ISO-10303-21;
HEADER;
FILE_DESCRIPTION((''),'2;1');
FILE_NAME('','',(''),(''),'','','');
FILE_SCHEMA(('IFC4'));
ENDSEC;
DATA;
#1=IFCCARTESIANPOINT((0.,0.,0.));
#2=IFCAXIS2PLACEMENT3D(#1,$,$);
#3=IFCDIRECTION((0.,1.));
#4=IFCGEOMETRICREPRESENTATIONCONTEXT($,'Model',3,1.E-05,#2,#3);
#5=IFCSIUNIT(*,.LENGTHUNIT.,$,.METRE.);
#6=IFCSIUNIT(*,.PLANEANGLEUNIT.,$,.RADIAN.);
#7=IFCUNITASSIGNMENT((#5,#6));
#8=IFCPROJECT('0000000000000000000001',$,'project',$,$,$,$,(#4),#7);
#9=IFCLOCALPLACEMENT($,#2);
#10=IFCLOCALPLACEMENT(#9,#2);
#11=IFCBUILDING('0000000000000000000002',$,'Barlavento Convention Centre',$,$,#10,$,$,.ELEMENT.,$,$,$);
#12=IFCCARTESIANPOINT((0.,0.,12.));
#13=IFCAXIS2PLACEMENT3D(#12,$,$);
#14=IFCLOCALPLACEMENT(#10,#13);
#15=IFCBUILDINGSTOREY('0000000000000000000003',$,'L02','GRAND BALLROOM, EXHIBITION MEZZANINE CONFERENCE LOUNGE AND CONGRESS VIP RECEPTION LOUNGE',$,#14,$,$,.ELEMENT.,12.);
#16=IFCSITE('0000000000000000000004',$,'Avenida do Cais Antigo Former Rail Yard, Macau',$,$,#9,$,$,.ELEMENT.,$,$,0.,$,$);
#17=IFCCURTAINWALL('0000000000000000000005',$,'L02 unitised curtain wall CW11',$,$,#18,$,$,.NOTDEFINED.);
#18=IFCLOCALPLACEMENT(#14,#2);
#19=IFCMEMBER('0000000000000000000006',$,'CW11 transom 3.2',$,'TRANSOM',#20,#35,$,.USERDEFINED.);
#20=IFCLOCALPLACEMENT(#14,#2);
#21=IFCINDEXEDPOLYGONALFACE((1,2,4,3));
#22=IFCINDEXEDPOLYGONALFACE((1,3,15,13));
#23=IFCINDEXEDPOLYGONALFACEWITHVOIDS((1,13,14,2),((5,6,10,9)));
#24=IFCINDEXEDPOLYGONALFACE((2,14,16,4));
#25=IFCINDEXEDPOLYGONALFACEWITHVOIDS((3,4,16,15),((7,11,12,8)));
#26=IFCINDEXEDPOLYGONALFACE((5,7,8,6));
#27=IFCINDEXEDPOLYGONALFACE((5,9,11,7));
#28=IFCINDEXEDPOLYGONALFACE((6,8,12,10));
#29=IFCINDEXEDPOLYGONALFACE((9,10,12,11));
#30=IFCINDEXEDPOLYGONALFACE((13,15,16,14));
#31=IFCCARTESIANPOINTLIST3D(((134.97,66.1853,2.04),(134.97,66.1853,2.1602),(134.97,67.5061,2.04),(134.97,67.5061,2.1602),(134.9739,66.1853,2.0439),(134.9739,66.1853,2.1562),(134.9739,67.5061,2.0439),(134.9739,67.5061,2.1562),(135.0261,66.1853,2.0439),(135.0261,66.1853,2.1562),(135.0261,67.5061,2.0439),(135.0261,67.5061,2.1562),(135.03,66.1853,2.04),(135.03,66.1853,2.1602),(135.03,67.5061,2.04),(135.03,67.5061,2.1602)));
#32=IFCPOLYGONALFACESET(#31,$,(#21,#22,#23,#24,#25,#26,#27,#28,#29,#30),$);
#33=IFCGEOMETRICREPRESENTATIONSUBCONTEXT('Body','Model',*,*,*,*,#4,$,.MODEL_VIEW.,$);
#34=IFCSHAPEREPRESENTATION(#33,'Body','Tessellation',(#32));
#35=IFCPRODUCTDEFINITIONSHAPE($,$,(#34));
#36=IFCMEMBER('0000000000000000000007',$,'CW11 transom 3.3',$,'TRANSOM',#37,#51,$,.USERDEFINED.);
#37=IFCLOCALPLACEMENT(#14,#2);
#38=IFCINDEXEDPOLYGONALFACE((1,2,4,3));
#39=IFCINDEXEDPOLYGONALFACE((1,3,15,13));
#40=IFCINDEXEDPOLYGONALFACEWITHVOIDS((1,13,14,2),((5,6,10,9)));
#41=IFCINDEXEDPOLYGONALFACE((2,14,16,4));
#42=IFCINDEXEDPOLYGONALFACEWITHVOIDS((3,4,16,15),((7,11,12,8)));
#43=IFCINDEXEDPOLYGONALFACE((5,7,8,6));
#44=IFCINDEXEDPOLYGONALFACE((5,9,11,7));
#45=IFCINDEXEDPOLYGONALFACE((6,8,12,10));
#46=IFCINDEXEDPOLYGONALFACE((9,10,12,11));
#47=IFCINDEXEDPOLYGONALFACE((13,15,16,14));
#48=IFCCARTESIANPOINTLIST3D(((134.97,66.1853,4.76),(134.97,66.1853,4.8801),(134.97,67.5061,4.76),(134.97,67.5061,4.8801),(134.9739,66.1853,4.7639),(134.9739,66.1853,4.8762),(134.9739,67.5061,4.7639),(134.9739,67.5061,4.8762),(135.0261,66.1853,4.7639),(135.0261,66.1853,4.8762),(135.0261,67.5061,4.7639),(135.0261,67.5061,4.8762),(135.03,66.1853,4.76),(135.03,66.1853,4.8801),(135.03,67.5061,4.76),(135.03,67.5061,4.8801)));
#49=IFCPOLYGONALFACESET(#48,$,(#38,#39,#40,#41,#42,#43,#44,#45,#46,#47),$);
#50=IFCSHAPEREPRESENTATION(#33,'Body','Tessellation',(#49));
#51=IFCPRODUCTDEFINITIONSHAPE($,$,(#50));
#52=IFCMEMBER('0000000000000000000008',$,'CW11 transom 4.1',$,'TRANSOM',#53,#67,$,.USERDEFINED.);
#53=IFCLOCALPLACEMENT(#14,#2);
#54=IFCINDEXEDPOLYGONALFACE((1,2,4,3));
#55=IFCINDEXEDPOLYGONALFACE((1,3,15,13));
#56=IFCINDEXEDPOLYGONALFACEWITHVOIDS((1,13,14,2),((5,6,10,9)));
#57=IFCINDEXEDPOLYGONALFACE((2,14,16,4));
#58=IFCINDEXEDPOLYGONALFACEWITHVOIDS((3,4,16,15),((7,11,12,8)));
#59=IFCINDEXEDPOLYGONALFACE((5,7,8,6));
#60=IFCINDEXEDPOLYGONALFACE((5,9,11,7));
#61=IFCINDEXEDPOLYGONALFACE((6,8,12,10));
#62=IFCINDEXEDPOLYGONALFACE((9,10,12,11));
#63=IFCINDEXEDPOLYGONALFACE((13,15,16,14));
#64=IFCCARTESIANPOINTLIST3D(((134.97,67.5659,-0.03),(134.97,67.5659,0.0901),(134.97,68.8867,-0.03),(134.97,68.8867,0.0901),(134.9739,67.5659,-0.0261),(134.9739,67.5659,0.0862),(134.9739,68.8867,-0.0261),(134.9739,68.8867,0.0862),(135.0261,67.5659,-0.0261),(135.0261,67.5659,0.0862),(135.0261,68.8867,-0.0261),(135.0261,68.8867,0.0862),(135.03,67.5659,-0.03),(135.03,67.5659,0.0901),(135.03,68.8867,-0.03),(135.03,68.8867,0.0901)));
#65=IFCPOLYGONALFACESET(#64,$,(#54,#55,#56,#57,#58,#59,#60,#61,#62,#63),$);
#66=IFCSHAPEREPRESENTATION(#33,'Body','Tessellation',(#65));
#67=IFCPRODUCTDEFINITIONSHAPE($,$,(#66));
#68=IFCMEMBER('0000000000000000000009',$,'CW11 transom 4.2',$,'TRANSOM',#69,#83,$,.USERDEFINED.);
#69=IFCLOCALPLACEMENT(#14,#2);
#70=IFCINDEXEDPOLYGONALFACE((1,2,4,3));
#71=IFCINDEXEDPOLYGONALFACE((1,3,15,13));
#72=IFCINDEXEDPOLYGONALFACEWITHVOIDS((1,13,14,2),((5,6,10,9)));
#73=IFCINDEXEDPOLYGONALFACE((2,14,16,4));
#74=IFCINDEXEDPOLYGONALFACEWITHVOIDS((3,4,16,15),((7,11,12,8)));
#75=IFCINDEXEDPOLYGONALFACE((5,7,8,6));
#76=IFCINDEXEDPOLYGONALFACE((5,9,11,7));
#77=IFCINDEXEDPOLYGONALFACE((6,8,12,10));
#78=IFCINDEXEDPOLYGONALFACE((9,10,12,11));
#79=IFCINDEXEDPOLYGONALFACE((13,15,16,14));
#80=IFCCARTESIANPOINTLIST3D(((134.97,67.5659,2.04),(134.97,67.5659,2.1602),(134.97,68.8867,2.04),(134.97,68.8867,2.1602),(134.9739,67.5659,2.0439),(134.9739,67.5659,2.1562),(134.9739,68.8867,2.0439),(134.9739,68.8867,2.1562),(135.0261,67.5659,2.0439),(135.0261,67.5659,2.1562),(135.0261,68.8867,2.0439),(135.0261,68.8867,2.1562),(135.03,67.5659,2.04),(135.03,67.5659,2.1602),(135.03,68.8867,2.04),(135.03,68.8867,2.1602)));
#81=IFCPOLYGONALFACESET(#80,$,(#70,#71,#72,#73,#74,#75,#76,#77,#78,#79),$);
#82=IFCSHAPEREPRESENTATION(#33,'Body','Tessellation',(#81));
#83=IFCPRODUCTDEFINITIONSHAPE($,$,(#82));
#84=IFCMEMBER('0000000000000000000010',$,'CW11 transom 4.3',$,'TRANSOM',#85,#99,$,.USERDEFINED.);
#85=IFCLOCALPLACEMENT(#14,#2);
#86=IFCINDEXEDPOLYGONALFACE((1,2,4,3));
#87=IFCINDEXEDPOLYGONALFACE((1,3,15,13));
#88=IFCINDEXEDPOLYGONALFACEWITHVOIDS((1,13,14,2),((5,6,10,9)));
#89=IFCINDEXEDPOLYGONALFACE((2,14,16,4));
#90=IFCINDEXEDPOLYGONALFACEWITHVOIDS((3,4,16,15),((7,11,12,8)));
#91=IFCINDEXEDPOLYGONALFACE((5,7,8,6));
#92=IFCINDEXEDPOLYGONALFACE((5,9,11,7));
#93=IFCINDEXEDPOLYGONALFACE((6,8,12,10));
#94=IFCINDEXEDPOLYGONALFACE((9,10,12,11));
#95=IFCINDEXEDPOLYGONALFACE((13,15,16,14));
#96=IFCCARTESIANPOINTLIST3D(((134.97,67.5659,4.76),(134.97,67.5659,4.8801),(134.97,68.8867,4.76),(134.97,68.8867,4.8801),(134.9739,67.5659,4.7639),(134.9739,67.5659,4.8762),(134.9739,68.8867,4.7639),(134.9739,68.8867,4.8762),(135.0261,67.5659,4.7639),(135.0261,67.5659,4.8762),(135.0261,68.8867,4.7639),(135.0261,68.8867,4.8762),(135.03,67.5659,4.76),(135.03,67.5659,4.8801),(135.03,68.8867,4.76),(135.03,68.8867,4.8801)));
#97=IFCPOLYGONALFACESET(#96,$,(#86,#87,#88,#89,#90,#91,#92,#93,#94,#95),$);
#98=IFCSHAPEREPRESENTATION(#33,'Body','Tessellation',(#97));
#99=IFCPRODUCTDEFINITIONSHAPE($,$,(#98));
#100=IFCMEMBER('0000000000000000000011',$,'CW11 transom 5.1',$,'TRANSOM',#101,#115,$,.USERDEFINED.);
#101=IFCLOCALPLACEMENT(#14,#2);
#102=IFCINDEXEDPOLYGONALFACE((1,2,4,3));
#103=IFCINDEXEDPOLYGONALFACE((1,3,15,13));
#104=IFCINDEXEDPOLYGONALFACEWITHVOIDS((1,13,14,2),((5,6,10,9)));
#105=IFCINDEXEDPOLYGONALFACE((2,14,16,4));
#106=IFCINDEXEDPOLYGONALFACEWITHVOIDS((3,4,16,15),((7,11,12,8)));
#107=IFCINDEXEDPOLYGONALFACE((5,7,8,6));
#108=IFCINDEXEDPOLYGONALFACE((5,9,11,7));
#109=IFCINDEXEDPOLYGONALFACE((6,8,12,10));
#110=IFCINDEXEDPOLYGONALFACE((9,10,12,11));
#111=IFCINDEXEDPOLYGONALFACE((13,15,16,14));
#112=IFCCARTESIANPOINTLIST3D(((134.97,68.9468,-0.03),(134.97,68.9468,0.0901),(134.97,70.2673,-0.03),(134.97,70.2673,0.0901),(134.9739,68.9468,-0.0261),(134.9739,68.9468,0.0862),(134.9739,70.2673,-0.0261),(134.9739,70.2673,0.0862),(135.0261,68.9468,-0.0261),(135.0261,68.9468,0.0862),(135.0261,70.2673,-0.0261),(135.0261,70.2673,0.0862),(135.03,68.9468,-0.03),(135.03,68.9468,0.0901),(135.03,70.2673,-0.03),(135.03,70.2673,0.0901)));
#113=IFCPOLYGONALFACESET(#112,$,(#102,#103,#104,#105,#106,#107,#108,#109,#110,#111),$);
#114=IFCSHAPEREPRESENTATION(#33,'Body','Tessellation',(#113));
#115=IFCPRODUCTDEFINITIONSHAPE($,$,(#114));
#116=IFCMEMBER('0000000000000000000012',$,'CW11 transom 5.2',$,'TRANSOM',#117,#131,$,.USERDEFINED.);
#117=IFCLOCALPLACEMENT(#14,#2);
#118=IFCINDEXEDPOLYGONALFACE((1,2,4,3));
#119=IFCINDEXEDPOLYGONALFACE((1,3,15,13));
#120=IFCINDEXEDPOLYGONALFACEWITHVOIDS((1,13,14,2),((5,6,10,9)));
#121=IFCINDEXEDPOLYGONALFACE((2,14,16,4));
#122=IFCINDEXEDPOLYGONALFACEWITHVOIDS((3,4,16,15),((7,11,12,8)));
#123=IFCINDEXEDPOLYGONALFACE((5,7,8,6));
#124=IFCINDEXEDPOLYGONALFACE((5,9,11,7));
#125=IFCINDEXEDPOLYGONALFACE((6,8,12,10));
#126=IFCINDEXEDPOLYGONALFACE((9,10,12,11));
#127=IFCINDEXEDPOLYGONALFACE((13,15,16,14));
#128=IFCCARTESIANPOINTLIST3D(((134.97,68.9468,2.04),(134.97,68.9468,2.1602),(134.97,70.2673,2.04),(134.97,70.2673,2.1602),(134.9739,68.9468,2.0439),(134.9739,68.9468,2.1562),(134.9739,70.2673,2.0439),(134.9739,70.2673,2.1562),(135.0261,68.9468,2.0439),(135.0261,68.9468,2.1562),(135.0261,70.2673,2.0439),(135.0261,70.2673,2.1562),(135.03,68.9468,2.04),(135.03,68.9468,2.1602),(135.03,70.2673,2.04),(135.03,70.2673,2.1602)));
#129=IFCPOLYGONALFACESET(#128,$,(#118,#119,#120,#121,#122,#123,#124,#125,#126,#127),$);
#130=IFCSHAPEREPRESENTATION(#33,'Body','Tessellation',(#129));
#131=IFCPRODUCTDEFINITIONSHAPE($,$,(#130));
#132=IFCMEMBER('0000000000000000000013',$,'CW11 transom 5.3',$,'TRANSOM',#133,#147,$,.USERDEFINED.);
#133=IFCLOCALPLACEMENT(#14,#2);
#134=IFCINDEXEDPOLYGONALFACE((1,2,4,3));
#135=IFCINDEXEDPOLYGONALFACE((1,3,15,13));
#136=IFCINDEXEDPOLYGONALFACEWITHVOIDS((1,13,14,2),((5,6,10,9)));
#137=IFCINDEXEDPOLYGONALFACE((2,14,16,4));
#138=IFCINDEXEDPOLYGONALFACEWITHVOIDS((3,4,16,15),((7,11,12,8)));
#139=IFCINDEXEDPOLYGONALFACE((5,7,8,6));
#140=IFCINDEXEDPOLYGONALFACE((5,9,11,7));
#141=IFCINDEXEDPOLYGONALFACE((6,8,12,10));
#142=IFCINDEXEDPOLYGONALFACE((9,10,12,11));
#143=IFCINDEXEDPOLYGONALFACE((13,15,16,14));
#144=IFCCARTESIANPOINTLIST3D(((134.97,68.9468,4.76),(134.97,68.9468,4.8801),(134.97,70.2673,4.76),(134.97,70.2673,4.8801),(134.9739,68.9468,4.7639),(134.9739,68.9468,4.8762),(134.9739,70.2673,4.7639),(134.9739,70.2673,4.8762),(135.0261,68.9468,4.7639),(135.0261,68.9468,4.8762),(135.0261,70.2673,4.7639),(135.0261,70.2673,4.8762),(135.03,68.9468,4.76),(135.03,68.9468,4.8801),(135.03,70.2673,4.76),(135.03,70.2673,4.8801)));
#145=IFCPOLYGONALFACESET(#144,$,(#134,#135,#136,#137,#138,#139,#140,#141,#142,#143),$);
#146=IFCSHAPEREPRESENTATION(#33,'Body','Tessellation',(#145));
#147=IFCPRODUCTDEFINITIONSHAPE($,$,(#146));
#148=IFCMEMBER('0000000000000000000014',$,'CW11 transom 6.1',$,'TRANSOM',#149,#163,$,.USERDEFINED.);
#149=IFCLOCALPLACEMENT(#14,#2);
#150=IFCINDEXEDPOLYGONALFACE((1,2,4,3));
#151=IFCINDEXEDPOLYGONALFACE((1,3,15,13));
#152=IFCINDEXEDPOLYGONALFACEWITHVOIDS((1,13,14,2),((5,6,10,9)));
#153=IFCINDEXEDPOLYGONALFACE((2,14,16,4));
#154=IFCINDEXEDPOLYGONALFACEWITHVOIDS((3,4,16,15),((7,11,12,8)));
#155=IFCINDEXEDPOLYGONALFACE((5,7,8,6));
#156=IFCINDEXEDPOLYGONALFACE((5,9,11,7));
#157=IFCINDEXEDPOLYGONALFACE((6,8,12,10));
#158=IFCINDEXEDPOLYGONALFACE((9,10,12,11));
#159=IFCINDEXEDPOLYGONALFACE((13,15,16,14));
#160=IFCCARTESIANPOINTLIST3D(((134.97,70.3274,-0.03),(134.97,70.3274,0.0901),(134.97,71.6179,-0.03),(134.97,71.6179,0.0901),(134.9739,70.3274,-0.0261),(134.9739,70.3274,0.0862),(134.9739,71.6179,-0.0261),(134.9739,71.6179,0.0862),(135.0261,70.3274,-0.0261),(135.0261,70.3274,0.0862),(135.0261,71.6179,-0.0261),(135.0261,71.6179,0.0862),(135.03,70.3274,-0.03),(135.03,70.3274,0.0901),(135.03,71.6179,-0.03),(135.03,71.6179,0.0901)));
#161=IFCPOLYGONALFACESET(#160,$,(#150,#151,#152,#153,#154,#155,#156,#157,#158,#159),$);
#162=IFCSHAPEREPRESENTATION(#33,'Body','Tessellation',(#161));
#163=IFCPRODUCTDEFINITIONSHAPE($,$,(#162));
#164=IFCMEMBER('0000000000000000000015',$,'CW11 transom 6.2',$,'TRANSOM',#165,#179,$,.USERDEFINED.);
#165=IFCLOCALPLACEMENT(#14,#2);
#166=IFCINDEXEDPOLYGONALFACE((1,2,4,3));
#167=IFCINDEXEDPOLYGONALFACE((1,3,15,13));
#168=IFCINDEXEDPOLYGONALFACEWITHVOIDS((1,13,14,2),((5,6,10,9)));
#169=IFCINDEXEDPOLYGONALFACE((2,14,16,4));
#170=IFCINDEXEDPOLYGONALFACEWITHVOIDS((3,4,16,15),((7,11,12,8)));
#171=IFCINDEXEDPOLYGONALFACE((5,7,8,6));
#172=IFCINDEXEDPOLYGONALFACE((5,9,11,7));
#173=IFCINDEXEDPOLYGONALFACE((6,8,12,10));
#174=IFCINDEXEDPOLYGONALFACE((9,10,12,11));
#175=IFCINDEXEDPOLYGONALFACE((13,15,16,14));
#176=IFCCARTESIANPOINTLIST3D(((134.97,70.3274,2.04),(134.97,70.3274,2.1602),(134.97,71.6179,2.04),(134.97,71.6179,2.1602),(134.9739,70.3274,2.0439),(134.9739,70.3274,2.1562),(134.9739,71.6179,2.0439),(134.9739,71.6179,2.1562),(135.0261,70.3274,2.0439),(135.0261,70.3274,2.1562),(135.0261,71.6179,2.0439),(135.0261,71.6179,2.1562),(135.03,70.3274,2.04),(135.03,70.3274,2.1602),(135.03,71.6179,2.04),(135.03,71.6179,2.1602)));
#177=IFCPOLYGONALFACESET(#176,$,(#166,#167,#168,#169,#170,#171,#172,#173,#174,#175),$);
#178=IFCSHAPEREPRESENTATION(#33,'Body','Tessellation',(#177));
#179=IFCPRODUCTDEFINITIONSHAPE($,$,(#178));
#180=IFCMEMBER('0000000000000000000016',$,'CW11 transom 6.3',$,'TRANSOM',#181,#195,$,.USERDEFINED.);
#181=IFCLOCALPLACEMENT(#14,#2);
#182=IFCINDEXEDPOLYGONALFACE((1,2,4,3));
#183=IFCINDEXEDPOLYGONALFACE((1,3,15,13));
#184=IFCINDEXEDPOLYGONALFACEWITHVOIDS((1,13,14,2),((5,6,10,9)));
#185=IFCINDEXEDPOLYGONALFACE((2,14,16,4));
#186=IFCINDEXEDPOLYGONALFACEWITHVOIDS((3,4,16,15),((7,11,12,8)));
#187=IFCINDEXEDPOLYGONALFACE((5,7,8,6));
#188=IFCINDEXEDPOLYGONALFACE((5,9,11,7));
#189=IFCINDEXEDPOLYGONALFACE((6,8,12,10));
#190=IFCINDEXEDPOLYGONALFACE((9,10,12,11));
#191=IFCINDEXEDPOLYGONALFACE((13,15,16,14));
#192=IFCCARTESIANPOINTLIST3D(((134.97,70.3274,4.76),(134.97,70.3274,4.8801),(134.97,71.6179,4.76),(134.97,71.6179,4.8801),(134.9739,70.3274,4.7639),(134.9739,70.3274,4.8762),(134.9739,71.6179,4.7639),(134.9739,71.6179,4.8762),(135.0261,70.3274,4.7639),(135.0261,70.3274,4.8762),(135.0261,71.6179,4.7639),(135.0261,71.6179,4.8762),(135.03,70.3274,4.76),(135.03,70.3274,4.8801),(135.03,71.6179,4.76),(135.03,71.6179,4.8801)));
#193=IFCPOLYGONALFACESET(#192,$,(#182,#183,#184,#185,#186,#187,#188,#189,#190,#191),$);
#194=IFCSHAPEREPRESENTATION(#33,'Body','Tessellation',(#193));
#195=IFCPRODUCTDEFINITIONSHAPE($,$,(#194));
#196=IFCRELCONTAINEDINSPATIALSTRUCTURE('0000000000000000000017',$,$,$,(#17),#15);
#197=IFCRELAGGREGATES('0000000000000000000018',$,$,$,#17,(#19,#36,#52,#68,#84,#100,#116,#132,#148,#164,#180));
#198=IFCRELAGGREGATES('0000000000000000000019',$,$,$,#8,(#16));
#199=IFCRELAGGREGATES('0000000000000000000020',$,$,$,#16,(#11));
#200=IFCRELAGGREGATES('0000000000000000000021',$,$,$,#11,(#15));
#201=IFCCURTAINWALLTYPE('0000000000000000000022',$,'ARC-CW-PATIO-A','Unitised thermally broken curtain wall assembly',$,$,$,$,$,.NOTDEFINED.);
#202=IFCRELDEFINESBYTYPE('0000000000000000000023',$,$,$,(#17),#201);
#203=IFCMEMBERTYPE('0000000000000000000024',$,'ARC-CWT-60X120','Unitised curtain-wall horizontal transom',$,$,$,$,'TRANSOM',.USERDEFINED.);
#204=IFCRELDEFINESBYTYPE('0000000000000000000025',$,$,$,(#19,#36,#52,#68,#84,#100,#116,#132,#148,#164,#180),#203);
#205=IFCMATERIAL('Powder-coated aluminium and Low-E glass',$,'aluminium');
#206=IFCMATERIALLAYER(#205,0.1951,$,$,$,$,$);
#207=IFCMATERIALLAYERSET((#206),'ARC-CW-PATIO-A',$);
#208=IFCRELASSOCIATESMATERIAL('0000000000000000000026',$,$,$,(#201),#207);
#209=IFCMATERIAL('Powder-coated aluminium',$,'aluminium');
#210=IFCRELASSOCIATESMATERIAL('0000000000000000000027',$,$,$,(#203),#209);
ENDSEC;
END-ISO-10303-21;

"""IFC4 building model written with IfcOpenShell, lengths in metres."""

from ifc_helpers import new_model, si_unit, direction, frame, origin, origin_2d, place, context, subcontext, project, spatial, hollow_rectangle, extrude, material, layer, layer_set, material_profile, profile_set, type_object, element, aggregate, save


model = new_model("IFC4")

# Units and contexts
model_context = context("Model", 3, precision=1e-05, world=origin(), true_north=direction((0.0, 1.0)))
body_context = subcontext(model_context, "Body", "Model", "MODEL_VIEW")
ifc_project = project(units=[si_unit("LENGTHUNIT", "METRE"), si_unit("PLANEANGLEUNIT", "RADIAN")], contexts=[model_context])

# Site, building, storey
site_placement = place(None, origin())
site = spatial("IfcSite", under=ifc_project, at=site_placement, Name="Avenida do Cais Antigo Former Rail Yard, Macau", CompositionType="ELEMENT", RefElevation=0.0)
building_placement = place(site_placement, origin())
building = spatial("IfcBuilding", under=site, at=building_placement, Name="Barlavento Convention Centre", CompositionType="ELEMENT")
storey_placement = place(building_placement, frame((0.0, 0.0, 12.0)))
storey = spatial("IfcBuildingStorey", under=building, at=storey_placement, Name="L02", Description="GRAND BALLROOM, EXHIBITION MEZZANINE CONFERENCE LOUNGE AND CONGRESS VIP RECEPTION LOUNGE", CompositionType="ELEMENT", Elevation=12.0)

# Curtain wall
ifc_material_1 = material(Name="Powder-coated aluminium and Low-E glass", Category="aluminium")
ifc_layer_1 = layer(ifc_material_1, 0.1951)
ifc_layer_set_1 = layer_set([ifc_layer_1], Name="ARC-CW-PATIO-A")
curtain_wall_type = type_object("IfcCurtainWallType", Name="ARC-CW-PATIO-A", Description="Unitised thermally broken curtain wall assembly", PredefinedType="NOTDEFINED", material=ifc_layer_set_1)
curtain_wall_1_placement = place(storey_placement, origin())
curtain_wall_1 = element("IfcCurtainWall", 1, at=curtain_wall_1_placement, inside=storey, type_object=curtain_wall_type, Name="L02 unitised curtain wall CW11", PredefinedType="NOTDEFINED")
ifc_material_2 = material(Name="Powder-coated aluminium", Category="aluminium")

# Members
ifc_material_profile_1 = material_profile(ifc_material_2, hollow_rectangle(XDim=0.0601, YDim=0.1201, WallThickness=0.0039, at=origin_2d()), Name="AL-TRAN 60x120x4")
ifc_profile_set_1 = profile_set([ifc_material_profile_1], Name="Powder-coated aluminium")
member_type_1 = type_object("IfcMemberType", Name="ARC-CWT-60X120", Description="Unitised curtain-wall horizontal transom", ElementType="TRANSOM", PredefinedType="USERDEFINED", material=ifc_profile_set_1)
member_1_placement = place(storey_placement, frame((135.0, 66.1853, 2.1001), z_axis=(0.0, 1.0, 0.0), x_axis=(-1.0, 0.0, 0.0)))
member_1 = element("IfcMember", 2, at=member_1_placement, type_object=member_type_1, Name="CW11 transom 3.2", ObjectType="TRANSOM", PredefinedType="USERDEFINED", context=body_context, shape_type="SweptSolid", body=[
    extrude(hollow_rectangle(XDim=0.0601, YDim=0.1201, WallThickness=0.0039, at=origin_2d()), origin(), (0.0, 0.0, 1.0), 1.3208),
])
member_2_placement = place(storey_placement, frame((135.0, 66.1853, 4.8201), z_axis=(0.0, 1.0, 0.0), x_axis=(-1.0, 0.0, 0.0)))
member_2 = element("IfcMember", 3, at=member_2_placement, type_object=member_type_1, Name="CW11 transom 3.3", ObjectType="TRANSOM", PredefinedType="USERDEFINED", context=body_context, shape_type="SweptSolid", body=[
    extrude(hollow_rectangle(XDim=0.0601, YDim=0.1201, WallThickness=0.0039, at=origin_2d()), origin(), (0.0, 0.0, 1.0), 1.3208),
])
member_3_placement = place(storey_placement, frame((135.0, 67.5659, 0.03), z_axis=(0.0, 1.0, 0.0), x_axis=(-1.0, 0.0, 0.0)))
member_3 = element("IfcMember", 4, at=member_3_placement, type_object=member_type_1, Name="CW11 transom 4.1", ObjectType="TRANSOM", PredefinedType="USERDEFINED", context=body_context, shape_type="SweptSolid", body=[
    extrude(hollow_rectangle(XDim=0.0601, YDim=0.1201, WallThickness=0.0039, at=origin_2d()), origin(), (0.0, 0.0, 1.0), 1.3208),
])
member_4_placement = place(storey_placement, frame((135.0, 67.5659, 2.1001), z_axis=(0.0, 1.0, 0.0), x_axis=(-1.0, 0.0, 0.0)))
member_4 = element("IfcMember", 5, at=member_4_placement, type_object=member_type_1, Name="CW11 transom 4.2", ObjectType="TRANSOM", PredefinedType="USERDEFINED", context=body_context, shape_type="SweptSolid", body=[
    extrude(hollow_rectangle(XDim=0.0601, YDim=0.1201, WallThickness=0.0039, at=origin_2d()), origin(), (0.0, 0.0, 1.0), 1.3208),
])
member_5_placement = place(storey_placement, frame((135.0, 67.5659, 4.8201), z_axis=(0.0, 1.0, 0.0), x_axis=(-1.0, 0.0, 0.0)))
member_5 = element("IfcMember", 6, at=member_5_placement, type_object=member_type_1, Name="CW11 transom 4.3", ObjectType="TRANSOM", PredefinedType="USERDEFINED", context=body_context, shape_type="SweptSolid", body=[
    extrude(hollow_rectangle(XDim=0.0601, YDim=0.1201, WallThickness=0.0039, at=origin_2d()), origin(), (0.0, 0.0, 1.0), 1.3208),
])
member_6_placement = place(storey_placement, frame((135.0, 68.9468, 0.03), z_axis=(0.0, 1.0, 0.0), x_axis=(-1.0, 0.0, 0.0)))
member_6 = element("IfcMember", 7, at=member_6_placement, type_object=member_type_1, Name="CW11 transom 5.1", ObjectType="TRANSOM", PredefinedType="USERDEFINED", context=body_context, shape_type="SweptSolid", body=[
    extrude(hollow_rectangle(XDim=0.0601, YDim=0.1201, WallThickness=0.0039, at=origin_2d()), origin(), (0.0, 0.0, 1.0), 1.3206),
])
member_7_placement = place(storey_placement, frame((135.0, 68.9468, 2.1001), z_axis=(0.0, 1.0, 0.0), x_axis=(-1.0, 0.0, 0.0)))
member_7 = element("IfcMember", 8, at=member_7_placement, type_object=member_type_1, Name="CW11 transom 5.2", ObjectType="TRANSOM", PredefinedType="USERDEFINED", context=body_context, shape_type="SweptSolid", body=[
    extrude(hollow_rectangle(XDim=0.0601, YDim=0.1201, WallThickness=0.0039, at=origin_2d()), origin(), (0.0, 0.0, 1.0), 1.3206),
])
member_8_placement = place(storey_placement, frame((135.0, 68.9468, 4.8201), z_axis=(0.0, 1.0, 0.0), x_axis=(-1.0, 0.0, 0.0)))
member_8 = element("IfcMember", 9, at=member_8_placement, type_object=member_type_1, Name="CW11 transom 5.3", ObjectType="TRANSOM", PredefinedType="USERDEFINED", context=body_context, shape_type="SweptSolid", body=[
    extrude(hollow_rectangle(XDim=0.0601, YDim=0.1201, WallThickness=0.0039, at=origin_2d()), origin(), (0.0, 0.0, 1.0), 1.3206),
])
member_9_placement = place(storey_placement, frame((135.0, 70.3274, 0.03), z_axis=(0.0, 1.0, 0.0), x_axis=(-1.0, 0.0, 0.0)))
member_9 = element("IfcMember", 10, at=member_9_placement, type_object=member_type_1, Name="CW11 transom 6.1", ObjectType="TRANSOM", PredefinedType="USERDEFINED", context=body_context, shape_type="SweptSolid", body=[
    extrude(hollow_rectangle(XDim=0.0601, YDim=0.1201, WallThickness=0.0039, at=origin_2d()), origin(), (0.0, 0.0, 1.0), 1.2905),
])
member_10_placement = place(storey_placement, frame((135.0, 70.3274, 2.1001), z_axis=(0.0, 1.0, 0.0), x_axis=(-1.0, 0.0, 0.0)))
member_10 = element("IfcMember", 11, at=member_10_placement, type_object=member_type_1, Name="CW11 transom 6.2", ObjectType="TRANSOM", PredefinedType="USERDEFINED", context=body_context, shape_type="SweptSolid", body=[
    extrude(hollow_rectangle(XDim=0.0601, YDim=0.1201, WallThickness=0.0039, at=origin_2d()), origin(), (0.0, 0.0, 1.0), 1.2905),
])
member_11_placement = place(storey_placement, frame((135.0, 70.3274, 4.8201), z_axis=(0.0, 1.0, 0.0), x_axis=(-1.0, 0.0, 0.0)))
member_11 = element("IfcMember", 12, at=member_11_placement, type_object=member_type_1, Name="CW11 transom 6.3", ObjectType="TRANSOM", PredefinedType="USERDEFINED", context=body_context, shape_type="SweptSolid", body=[
    extrude(hollow_rectangle(XDim=0.0601, YDim=0.1201, WallThickness=0.0039, at=origin_2d()), origin(), (0.0, 0.0, 1.0), 1.2905),
])

aggregate(curtain_wall_1, [member_1, member_2, member_3, member_4, member_5, member_6, member_7, member_8, member_9, member_10, member_11])

save(model, "model.ifc")
